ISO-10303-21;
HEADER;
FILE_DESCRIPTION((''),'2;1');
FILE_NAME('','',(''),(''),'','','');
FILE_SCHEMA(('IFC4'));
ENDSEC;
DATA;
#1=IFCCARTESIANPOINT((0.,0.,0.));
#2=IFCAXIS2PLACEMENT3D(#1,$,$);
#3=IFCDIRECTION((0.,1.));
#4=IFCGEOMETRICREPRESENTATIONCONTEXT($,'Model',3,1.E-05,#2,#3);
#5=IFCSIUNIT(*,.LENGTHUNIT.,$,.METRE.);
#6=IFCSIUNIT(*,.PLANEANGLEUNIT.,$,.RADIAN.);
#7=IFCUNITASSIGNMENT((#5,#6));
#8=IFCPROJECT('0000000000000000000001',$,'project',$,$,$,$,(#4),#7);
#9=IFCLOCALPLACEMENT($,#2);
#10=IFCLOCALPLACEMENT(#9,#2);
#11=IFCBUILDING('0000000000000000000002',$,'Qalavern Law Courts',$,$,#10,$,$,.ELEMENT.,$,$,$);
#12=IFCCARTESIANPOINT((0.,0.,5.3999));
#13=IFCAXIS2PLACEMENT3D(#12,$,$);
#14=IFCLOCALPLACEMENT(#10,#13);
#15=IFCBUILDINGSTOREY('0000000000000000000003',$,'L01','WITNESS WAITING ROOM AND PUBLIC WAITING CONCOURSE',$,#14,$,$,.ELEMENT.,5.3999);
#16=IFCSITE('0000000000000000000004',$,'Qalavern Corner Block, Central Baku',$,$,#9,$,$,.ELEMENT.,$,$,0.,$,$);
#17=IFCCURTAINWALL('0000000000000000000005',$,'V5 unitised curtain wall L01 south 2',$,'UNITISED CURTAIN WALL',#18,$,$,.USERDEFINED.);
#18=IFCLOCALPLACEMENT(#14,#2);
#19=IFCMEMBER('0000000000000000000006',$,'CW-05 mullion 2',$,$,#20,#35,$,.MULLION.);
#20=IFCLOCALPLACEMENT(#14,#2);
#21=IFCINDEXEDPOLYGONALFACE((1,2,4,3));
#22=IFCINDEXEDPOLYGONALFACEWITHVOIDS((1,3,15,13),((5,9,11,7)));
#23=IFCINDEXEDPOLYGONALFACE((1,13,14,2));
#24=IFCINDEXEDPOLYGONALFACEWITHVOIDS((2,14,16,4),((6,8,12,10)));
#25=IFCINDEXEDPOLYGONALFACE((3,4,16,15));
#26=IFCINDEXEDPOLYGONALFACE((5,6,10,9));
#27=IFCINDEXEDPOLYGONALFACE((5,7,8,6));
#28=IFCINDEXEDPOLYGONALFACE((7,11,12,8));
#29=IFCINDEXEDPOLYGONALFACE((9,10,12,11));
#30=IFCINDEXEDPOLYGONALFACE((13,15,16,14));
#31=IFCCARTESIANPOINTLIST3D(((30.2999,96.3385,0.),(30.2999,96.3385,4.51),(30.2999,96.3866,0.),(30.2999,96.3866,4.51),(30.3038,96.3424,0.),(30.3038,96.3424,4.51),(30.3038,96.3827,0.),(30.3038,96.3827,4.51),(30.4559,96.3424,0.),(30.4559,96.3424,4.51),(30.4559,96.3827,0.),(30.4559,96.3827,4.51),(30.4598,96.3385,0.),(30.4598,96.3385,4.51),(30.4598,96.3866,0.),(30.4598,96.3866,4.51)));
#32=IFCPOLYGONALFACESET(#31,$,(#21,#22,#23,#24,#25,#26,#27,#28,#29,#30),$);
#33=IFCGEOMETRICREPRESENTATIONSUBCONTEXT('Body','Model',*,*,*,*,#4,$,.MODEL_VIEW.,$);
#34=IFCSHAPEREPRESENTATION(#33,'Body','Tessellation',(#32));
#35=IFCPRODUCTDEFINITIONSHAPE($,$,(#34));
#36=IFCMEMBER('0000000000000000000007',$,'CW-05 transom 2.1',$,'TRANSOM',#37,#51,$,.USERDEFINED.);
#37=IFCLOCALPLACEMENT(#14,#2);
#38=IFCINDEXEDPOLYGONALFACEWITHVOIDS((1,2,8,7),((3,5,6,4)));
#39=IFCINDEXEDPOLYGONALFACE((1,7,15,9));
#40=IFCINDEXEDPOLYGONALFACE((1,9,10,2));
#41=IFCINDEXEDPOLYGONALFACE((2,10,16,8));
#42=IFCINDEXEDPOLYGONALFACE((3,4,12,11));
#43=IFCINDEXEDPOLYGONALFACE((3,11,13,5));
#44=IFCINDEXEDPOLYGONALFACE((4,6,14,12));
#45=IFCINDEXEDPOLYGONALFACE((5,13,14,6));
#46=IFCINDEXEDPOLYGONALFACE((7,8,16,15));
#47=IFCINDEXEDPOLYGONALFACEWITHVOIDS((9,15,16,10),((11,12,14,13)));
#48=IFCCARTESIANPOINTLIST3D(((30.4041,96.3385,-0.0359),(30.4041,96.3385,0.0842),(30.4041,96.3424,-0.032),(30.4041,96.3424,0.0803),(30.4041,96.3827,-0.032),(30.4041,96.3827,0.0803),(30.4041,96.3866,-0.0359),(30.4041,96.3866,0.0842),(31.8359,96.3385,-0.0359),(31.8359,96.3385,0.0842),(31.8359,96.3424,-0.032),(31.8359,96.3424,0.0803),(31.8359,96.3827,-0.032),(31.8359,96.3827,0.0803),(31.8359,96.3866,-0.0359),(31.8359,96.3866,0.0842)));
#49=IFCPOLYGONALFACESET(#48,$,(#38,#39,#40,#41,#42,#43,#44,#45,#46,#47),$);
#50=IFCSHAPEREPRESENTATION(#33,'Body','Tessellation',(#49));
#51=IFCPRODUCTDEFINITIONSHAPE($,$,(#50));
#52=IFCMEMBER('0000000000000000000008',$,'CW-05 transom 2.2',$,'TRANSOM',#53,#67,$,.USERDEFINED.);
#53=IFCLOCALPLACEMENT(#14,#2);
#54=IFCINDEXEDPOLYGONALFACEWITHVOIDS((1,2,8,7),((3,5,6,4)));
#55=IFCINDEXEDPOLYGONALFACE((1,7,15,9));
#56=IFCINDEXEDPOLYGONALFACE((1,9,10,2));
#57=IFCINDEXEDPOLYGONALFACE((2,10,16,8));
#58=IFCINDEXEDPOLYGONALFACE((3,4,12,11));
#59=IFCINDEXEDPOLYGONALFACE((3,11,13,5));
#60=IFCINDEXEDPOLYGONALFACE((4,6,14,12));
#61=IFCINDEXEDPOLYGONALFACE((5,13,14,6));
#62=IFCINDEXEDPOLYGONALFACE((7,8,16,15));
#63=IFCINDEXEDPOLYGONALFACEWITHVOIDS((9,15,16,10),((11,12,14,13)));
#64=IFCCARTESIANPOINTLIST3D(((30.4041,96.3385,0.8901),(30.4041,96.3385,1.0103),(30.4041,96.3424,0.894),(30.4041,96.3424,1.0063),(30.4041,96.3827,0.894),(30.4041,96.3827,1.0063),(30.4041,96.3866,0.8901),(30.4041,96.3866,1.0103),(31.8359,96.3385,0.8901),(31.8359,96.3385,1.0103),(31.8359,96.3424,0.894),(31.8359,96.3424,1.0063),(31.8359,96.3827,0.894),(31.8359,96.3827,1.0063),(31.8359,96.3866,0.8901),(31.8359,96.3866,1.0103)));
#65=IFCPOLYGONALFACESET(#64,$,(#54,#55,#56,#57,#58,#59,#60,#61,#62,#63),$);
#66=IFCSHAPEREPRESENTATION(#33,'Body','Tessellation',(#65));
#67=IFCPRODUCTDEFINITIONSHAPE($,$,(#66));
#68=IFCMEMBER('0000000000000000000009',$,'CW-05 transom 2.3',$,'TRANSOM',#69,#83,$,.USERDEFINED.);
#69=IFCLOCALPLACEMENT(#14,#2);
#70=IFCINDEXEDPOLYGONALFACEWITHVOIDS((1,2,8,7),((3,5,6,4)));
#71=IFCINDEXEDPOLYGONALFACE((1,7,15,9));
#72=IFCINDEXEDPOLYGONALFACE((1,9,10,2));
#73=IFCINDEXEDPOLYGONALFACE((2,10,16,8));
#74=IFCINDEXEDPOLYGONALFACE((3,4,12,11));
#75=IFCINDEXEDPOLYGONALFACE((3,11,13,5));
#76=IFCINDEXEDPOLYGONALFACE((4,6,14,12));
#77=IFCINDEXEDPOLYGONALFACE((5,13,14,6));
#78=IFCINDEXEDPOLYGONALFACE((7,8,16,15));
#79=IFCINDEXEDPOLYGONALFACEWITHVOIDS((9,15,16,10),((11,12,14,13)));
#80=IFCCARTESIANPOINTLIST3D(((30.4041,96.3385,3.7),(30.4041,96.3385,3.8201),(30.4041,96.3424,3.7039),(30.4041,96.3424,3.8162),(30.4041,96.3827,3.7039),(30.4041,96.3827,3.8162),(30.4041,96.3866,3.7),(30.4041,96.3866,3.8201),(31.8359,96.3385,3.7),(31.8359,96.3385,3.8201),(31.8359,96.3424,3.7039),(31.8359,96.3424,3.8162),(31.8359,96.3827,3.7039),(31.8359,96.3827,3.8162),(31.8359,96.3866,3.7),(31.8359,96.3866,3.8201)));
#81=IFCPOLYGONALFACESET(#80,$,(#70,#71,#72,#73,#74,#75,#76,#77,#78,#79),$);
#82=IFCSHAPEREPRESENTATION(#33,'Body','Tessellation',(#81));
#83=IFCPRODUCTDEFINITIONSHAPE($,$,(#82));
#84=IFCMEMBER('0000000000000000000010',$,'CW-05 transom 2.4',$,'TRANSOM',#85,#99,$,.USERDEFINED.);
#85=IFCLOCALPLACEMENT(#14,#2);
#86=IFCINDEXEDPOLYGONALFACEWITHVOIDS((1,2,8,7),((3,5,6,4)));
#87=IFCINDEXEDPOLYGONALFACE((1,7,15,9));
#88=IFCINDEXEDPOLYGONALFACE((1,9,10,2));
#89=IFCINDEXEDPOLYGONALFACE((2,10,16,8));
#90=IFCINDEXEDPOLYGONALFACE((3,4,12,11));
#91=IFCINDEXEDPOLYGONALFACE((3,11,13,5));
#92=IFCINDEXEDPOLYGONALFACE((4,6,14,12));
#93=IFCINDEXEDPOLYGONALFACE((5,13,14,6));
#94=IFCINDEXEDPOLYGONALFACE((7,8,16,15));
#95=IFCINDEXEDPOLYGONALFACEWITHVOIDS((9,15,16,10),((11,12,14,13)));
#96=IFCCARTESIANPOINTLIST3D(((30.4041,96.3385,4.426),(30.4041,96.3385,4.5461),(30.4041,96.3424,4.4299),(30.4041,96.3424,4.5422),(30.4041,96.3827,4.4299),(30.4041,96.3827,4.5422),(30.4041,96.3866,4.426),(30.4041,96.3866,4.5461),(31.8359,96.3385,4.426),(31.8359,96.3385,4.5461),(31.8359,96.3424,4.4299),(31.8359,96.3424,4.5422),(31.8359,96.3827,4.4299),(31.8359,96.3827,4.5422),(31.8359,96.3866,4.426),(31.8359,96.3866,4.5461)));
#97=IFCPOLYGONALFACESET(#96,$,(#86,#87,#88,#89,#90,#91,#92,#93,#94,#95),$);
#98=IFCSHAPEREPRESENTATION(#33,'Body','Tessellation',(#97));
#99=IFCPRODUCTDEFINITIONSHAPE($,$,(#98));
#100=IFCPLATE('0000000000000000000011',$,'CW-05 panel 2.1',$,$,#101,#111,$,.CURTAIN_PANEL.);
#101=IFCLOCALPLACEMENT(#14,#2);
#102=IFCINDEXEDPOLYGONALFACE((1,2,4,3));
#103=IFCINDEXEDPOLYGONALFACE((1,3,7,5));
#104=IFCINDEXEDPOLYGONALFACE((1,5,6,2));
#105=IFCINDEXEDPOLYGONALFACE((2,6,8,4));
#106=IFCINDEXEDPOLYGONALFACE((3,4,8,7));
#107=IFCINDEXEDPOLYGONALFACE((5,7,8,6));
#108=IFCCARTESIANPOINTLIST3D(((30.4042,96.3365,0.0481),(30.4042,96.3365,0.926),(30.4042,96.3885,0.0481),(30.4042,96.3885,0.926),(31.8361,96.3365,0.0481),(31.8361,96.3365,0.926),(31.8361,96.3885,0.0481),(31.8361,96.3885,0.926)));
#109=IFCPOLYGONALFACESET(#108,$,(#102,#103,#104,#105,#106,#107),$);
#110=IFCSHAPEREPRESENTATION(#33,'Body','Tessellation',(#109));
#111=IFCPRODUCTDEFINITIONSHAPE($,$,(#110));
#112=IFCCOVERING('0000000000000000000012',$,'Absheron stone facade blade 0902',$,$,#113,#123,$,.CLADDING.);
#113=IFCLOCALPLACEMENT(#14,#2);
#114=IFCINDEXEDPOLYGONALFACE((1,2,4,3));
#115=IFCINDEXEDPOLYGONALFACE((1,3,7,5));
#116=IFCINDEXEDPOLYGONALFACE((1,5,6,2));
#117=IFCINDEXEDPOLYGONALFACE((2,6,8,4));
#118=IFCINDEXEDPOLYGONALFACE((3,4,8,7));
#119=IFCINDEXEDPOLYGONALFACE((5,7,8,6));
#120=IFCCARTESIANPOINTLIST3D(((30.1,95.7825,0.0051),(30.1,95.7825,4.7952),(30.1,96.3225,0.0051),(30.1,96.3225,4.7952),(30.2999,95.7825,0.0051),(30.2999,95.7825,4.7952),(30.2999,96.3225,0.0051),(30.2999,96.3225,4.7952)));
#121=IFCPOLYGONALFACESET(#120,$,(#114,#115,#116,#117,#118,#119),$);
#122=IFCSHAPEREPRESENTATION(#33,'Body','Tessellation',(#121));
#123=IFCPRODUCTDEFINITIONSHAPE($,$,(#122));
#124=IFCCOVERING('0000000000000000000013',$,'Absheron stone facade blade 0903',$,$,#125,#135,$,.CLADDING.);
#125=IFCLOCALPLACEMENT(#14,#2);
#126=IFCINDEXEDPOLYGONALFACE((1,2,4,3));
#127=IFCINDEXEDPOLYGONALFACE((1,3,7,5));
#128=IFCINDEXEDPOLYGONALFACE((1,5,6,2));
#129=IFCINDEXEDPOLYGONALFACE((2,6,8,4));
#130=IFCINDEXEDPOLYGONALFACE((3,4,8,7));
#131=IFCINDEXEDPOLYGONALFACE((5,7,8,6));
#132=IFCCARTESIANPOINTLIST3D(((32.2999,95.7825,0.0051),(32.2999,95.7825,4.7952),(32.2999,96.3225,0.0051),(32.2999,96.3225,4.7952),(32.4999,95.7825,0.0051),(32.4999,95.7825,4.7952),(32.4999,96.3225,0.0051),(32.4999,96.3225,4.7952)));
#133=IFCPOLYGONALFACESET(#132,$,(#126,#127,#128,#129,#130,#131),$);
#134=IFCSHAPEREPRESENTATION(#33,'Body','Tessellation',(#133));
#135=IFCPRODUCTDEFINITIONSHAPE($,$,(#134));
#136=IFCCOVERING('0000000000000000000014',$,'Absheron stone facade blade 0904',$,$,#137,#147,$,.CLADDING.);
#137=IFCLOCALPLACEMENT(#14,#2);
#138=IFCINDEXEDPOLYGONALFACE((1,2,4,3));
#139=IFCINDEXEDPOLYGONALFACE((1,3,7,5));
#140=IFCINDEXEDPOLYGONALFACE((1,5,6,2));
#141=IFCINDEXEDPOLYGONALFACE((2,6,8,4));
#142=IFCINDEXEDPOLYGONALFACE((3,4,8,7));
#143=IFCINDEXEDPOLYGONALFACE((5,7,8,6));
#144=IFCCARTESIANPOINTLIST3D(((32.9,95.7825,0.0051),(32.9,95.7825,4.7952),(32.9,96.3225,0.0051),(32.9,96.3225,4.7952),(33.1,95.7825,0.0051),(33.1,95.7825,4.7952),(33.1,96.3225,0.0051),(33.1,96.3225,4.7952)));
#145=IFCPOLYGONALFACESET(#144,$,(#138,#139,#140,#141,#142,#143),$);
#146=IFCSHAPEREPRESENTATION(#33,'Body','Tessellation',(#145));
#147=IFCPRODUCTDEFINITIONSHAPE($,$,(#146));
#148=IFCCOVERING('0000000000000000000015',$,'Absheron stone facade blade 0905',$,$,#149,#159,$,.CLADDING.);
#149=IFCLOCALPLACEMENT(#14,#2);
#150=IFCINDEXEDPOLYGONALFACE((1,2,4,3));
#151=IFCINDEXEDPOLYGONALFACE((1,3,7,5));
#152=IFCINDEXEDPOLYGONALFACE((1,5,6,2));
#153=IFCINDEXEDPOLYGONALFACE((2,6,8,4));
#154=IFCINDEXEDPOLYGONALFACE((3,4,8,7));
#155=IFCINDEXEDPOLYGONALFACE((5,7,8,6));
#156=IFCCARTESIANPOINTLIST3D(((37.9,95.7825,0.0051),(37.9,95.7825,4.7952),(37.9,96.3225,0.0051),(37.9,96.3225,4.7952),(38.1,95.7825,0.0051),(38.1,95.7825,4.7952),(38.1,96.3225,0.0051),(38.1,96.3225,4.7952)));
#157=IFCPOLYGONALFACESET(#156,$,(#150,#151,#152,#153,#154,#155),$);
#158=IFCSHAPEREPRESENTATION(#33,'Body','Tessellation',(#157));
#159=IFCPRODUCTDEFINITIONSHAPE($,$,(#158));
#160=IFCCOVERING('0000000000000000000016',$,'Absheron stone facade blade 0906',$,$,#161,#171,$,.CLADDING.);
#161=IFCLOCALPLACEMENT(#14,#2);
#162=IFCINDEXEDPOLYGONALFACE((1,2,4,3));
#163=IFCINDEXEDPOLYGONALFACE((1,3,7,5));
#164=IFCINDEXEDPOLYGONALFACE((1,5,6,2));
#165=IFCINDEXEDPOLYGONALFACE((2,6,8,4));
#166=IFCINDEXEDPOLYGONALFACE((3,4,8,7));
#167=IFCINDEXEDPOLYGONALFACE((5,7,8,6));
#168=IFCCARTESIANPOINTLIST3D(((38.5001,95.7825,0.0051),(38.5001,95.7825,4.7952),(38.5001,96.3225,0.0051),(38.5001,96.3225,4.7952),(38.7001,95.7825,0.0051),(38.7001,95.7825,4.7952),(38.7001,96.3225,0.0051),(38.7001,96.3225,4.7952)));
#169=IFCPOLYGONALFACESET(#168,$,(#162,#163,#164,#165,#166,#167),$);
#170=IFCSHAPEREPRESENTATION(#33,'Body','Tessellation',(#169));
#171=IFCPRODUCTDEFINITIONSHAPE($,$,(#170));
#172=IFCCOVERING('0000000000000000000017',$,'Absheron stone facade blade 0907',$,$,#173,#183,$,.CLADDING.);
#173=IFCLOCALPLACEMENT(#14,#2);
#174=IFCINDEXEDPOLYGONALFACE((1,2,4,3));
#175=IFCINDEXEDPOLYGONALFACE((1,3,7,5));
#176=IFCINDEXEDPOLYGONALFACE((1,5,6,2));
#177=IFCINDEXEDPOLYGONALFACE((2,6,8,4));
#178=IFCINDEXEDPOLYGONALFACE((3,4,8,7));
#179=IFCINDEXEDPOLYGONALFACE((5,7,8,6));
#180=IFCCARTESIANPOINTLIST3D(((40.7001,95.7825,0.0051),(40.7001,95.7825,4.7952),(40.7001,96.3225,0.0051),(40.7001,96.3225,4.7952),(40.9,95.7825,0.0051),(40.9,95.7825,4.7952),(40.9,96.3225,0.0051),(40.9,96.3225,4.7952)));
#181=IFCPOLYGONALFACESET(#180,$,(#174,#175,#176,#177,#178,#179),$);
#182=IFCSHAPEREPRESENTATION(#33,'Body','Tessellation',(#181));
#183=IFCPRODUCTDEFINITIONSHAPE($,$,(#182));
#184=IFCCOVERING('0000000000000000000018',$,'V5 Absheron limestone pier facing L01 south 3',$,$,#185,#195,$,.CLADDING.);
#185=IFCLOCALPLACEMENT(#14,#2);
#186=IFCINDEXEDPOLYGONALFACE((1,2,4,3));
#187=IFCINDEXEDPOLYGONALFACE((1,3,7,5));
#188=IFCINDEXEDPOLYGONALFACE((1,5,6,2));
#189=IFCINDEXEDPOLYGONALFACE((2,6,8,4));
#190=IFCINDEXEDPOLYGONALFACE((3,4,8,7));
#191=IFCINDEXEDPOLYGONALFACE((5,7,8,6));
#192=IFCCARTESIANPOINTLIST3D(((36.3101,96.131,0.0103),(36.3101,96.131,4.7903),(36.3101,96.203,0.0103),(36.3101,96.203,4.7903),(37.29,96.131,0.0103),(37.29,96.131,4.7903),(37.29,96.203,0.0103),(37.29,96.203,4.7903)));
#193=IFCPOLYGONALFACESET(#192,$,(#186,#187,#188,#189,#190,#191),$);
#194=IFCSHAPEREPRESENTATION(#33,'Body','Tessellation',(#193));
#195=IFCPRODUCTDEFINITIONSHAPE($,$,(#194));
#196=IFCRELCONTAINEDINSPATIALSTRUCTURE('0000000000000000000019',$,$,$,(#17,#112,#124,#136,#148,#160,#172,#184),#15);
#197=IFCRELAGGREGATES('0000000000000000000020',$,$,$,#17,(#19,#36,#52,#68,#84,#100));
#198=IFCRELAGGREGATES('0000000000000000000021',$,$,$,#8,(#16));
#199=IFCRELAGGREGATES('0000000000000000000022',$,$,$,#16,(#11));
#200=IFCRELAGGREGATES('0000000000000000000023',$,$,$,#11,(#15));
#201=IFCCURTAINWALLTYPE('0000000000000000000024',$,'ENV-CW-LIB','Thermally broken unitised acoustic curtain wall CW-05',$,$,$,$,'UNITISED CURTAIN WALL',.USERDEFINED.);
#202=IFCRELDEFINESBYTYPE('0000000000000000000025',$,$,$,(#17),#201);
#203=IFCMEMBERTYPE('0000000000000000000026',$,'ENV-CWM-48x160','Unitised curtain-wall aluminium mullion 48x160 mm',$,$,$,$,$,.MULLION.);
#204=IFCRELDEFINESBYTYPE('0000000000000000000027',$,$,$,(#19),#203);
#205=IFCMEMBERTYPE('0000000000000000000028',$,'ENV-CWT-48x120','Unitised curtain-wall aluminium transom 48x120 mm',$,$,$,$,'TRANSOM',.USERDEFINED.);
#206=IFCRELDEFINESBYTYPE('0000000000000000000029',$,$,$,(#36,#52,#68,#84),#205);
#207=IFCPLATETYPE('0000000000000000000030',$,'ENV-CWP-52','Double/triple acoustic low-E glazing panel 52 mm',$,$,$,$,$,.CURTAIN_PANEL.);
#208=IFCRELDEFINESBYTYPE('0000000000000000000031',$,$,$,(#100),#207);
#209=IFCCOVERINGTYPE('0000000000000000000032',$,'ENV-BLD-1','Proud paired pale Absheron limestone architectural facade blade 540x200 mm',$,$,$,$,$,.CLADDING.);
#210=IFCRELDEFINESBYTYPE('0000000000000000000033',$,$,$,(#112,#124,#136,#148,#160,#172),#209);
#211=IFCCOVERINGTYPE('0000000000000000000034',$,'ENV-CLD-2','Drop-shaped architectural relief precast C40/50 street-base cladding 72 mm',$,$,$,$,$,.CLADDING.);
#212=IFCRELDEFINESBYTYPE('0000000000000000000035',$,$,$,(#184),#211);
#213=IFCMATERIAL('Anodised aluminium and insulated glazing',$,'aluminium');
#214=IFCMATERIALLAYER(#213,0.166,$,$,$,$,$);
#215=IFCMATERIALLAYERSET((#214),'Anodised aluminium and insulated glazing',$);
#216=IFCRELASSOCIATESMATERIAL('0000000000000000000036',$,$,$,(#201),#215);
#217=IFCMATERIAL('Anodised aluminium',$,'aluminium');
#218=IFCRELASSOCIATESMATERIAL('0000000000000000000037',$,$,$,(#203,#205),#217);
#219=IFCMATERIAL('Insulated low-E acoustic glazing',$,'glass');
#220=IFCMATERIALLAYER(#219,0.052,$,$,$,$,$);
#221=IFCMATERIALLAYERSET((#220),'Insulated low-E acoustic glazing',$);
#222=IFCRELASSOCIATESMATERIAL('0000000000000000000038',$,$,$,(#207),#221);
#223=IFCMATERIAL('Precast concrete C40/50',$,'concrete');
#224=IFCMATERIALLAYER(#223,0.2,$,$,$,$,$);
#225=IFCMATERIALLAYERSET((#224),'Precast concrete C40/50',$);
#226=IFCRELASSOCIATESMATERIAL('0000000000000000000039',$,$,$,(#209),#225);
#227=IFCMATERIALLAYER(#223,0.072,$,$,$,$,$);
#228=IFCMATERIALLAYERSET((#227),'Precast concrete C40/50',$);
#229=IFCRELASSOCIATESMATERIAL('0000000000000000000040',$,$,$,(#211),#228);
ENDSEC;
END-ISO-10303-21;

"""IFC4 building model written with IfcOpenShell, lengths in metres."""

from ifc_helpers import new_model, si_unit, direction, frame, origin, origin_2d, place, context, subcontext, project, spatial, rectangle, hollow_rectangle, extrude, material, layer, layer_set, material_profile, profile_set, type_object, element, aggregate, save


model = new_model("IFC4")

# Units and contexts
model_context = context("Model", 3, precision=1e-05, world=origin(), true_north=direction((0.0, 1.0)))
body_context = subcontext(model_context, "Body", "Model", "MODEL_VIEW")
ifc_project = project(units=[si_unit("LENGTHUNIT", "METRE"), si_unit("PLANEANGLEUNIT", "RADIAN")], contexts=[model_context])

# Site, building, storey
site_placement = place(None, origin())
site = spatial("IfcSite", under=ifc_project, at=site_placement, Name="Qalavern Corner Block, Central Baku", CompositionType="ELEMENT", RefElevation=0.0)
building_placement = place(site_placement, origin())
building = spatial("IfcBuilding", under=site, at=building_placement, Name="Qalavern Law Courts", CompositionType="ELEMENT")
storey_placement = place(building_placement, frame((0.0, 0.0, 5.3999)))
storey = spatial("IfcBuildingStorey", under=building, at=storey_placement, Name="L01", Description="WITNESS WAITING ROOM AND PUBLIC WAITING CONCOURSE", CompositionType="ELEMENT", Elevation=5.3999)

# Curtain wall, members, plate
ifc_material_1 = material(Name="Anodised aluminium and insulated glazing", Category="aluminium")
ifc_layer_1 = layer(ifc_material_1, 0.166)
ifc_layer_set_1 = layer_set([ifc_layer_1], Name="Anodised aluminium and insulated glazing")
curtain_wall_type = type_object("IfcCurtainWallType", Name="ENV-CW-LIB", Description="Thermally broken unitised acoustic curtain wall CW-05", ElementType="UNITISED CURTAIN WALL", PredefinedType="USERDEFINED", material=ifc_layer_set_1)
curtain_wall_placement = place(storey_placement, origin())
curtain_wall = element("IfcCurtainWall", 1, at=curtain_wall_placement, inside=storey, type_object=curtain_wall_type, Name="V5 unitised curtain wall L01 south 2", ObjectType="UNITISED CURTAIN WALL", PredefinedType="USERDEFINED")
ifc_material_2 = material(Name="Anodised aluminium", Category="aluminium")
ifc_material_profile_1 = material_profile(ifc_material_2, hollow_rectangle(XDim=0.0481, YDim=0.1599, WallThickness=0.0039, at=origin_2d()), Name="ALU MULLION 48x160")
ifc_profile_set_1 = profile_set([ifc_material_profile_1], Name="Anodised aluminium")
member_type_1 = type_object("IfcMemberType", Name="ENV-CWM-48x160", Description="Unitised curtain-wall aluminium mullion 48x160 mm", PredefinedType="MULLION", material=ifc_profile_set_1)
member_1_placement = place(storey_placement, frame((30.3799, 96.3625, 0.0), z_axis=(0.0, 0.0, 1.0), x_axis=(0.0, 1.0, 0.0)))
member_1 = element("IfcMember", 2, at=member_1_placement, type_object=member_type_1, Name="CW-05 mullion 2", PredefinedType="MULLION", context=body_context, shape_type="SweptSolid", body=[
    extrude(hollow_rectangle(XDim=0.0481, YDim=0.1599, WallThickness=0.0039, at=origin_2d()), origin(), (0.0, 0.0, 1.0), 4.51),
])
ifc_material_profile_2 = material_profile(ifc_material_2, hollow_rectangle(XDim=0.0481, YDim=0.1201, WallThickness=0.0039, at=origin_2d()), Name="ALU TRANSOM 48x120")
ifc_profile_set_2 = profile_set([ifc_material_profile_2], Name="Anodised aluminium")
member_type_2 = type_object("IfcMemberType", Name="ENV-CWT-48x120", Description="Unitised curtain-wall aluminium transom 48x120 mm", ElementType="TRANSOM", PredefinedType="USERDEFINED", material=ifc_profile_set_2)
member_2_placement = place(storey_placement, frame((30.4041, 96.3625, 0.0242), z_axis=(1.0, 0.0, 0.0), x_axis=(0.0, 1.0, 0.0)))
member_2 = element("IfcMember", 3, at=member_2_placement, type_object=member_type_2, Name="CW-05 transom 2.1", ObjectType="TRANSOM", PredefinedType="USERDEFINED", context=body_context, shape_type="SweptSolid", body=[
    extrude(hollow_rectangle(XDim=0.0481, YDim=0.1201, WallThickness=0.0039, at=origin_2d()), origin(), (0.0, 0.0, 1.0), 1.4319),
])
member_3_placement = place(storey_placement, frame((30.4041, 96.3625, 0.9502), z_axis=(1.0, 0.0, 0.0), x_axis=(0.0, 1.0, 0.0)))
member_3 = element("IfcMember", 4, at=member_3_placement, type_object=member_type_2, Name="CW-05 transom 2.2", ObjectType="TRANSOM", PredefinedType="USERDEFINED", context=body_context, shape_type="SweptSolid", body=[
    extrude(hollow_rectangle(XDim=0.0481, YDim=0.1201, WallThickness=0.0039, at=origin_2d()), origin(), (0.0, 0.0, 1.0), 1.4319),
])
member_4_placement = place(storey_placement, frame((30.4041, 96.3625, 3.76), z_axis=(1.0, 0.0, 0.0), x_axis=(0.0, 1.0, 0.0)))
member_4 = element("IfcMember", 5, at=member_4_placement, type_object=member_type_2, Name="CW-05 transom 2.3", ObjectType="TRANSOM", PredefinedType="USERDEFINED", context=body_context, shape_type="SweptSolid", body=[
    extrude(hollow_rectangle(XDim=0.0481, YDim=0.1201, WallThickness=0.0039, at=origin_2d()), origin(), (0.0, 0.0, 1.0), 1.4319),
])
member_5_placement = place(storey_placement, frame((30.4041, 96.3625, 4.4861), z_axis=(1.0, 0.0, 0.0), x_axis=(0.0, 1.0, 0.0)))
member_5 = element("IfcMember", 6, at=member_5_placement, type_object=member_type_2, Name="CW-05 transom 2.4", ObjectType="TRANSOM", PredefinedType="USERDEFINED", context=body_context, shape_type="SweptSolid", body=[
    extrude(hollow_rectangle(XDim=0.0481, YDim=0.1201, WallThickness=0.0039, at=origin_2d()), origin(), (0.0, 0.0, 1.0), 1.4319),
])
ifc_material_3 = material(Name="Insulated low-E acoustic glazing", Category="glass")
ifc_layer_2 = layer(ifc_material_3, 0.052)
ifc_layer_set_2 = layer_set([ifc_layer_2], Name="Insulated low-E acoustic glazing")
plate_type = type_object("IfcPlateType", Name="ENV-CWP-52", Description="Double/triple acoustic low-E glazing panel 52 mm", PredefinedType="CURTAIN_PANEL", material=ifc_layer_set_2)
plate_placement = place(storey_placement, frame((31.1201, 96.3625, 0.0481), z_axis=(0.0, 0.0, 1.0), x_axis=(1.0, 0.0, 0.0)))
plate = element("IfcPlate", 7, at=plate_placement, type_object=plate_type, Name="CW-05 panel 2.1", PredefinedType="CURTAIN_PANEL", context=body_context, shape_type="SweptSolid", body=[
    extrude(rectangle(XDim=1.4319, YDim=0.052, at=origin_2d()), origin(), (0.0, 0.0, 1.0), 0.8779),
])
aggregate(curtain_wall, [member_1, member_2, member_3, member_4, member_5, plate])

# Coverings
ifc_material_4 = material(Name="Precast concrete C40/50", Category="concrete")
ifc_layer_3 = layer(ifc_material_4, 0.2)
ifc_layer_set_3 = layer_set([ifc_layer_3], Name="Precast concrete C40/50")
covering_type_1 = type_object("IfcCoveringType", Name="ENV-BLD-1", Description="Proud paired pale Absheron limestone architectural facade blade 540x200 mm", PredefinedType="CLADDING", material=ifc_layer_set_3)
for number, where, z_axis, x_axis, name in (
    (8, (30.2, 96.0525, 0.0051), (0.0, 0.0, 1.0), (0.0, -1.0, 0.0), "Absheron stone facade blade 0902"),
    (9, (32.3999, 96.0525, 0.0051), (0.0, 0.0, 1.0), (0.0, -1.0, 0.0), "Absheron stone facade blade 0903"),
    (10, (33.0, 96.0525, 0.0051), (0.0, 0.0, 1.0), (0.0, -1.0, 0.0), "Absheron stone facade blade 0904"),
    (11, (38.0, 96.0525, 0.0051), (0.0, 0.0, 1.0), (0.0, -1.0, 0.0), "Absheron stone facade blade 0905"),
    (12, (38.6001, 96.0525, 0.0051), (0.0, 0.0, 1.0), (0.0, -1.0, 0.0), "Absheron stone facade blade 0906"),
    (13, (40.8, 96.0525, 0.0051), (0.0, 0.0, 1.0), (0.0, -1.0, 0.0), "Absheron stone facade blade 0907"),
):
    element("IfcCovering", number, at=place(storey_placement, frame(where, z_axis=z_axis, x_axis=x_axis)), inside=storey, type_object=covering_type_1, Name=name, PredefinedType="CLADDING", context=body_context, shape_type="SweptSolid", body=[
        extrude(rectangle(XDim=0.54, YDim=0.2, at=origin_2d()), origin(), (0.0, 0.0, 1.0), 4.79),
    ])
ifc_layer_4 = layer(ifc_material_4, 0.072)
ifc_layer_set_4 = layer_set([ifc_layer_4], Name="Precast concrete C40/50")
covering_type_2 = type_object("IfcCoveringType", Name="ENV-CLD-2", Description="Drop-shaped architectural relief precast C40/50 street-base cladding 72 mm", PredefinedType="CLADDING", material=ifc_layer_set_4)
covering_placement = place(storey_placement, frame((36.8, 96.167, 0.0103), z_axis=(0.0, 0.0, 1.0), x_axis=(1.0, 0.0, 0.0)))
element("IfcCovering", 14, at=covering_placement, inside=storey, type_object=covering_type_2, Name="V5 Absheron limestone pier facing L01 south 3", PredefinedType="CLADDING", context=body_context, shape_type="SweptSolid", body=[
    extrude(rectangle(XDim=0.98, YDim=0.072, at=origin_2d()), origin(), (0.0, 0.0, 1.0), 4.78),
])

save(model, "model.ifc")
